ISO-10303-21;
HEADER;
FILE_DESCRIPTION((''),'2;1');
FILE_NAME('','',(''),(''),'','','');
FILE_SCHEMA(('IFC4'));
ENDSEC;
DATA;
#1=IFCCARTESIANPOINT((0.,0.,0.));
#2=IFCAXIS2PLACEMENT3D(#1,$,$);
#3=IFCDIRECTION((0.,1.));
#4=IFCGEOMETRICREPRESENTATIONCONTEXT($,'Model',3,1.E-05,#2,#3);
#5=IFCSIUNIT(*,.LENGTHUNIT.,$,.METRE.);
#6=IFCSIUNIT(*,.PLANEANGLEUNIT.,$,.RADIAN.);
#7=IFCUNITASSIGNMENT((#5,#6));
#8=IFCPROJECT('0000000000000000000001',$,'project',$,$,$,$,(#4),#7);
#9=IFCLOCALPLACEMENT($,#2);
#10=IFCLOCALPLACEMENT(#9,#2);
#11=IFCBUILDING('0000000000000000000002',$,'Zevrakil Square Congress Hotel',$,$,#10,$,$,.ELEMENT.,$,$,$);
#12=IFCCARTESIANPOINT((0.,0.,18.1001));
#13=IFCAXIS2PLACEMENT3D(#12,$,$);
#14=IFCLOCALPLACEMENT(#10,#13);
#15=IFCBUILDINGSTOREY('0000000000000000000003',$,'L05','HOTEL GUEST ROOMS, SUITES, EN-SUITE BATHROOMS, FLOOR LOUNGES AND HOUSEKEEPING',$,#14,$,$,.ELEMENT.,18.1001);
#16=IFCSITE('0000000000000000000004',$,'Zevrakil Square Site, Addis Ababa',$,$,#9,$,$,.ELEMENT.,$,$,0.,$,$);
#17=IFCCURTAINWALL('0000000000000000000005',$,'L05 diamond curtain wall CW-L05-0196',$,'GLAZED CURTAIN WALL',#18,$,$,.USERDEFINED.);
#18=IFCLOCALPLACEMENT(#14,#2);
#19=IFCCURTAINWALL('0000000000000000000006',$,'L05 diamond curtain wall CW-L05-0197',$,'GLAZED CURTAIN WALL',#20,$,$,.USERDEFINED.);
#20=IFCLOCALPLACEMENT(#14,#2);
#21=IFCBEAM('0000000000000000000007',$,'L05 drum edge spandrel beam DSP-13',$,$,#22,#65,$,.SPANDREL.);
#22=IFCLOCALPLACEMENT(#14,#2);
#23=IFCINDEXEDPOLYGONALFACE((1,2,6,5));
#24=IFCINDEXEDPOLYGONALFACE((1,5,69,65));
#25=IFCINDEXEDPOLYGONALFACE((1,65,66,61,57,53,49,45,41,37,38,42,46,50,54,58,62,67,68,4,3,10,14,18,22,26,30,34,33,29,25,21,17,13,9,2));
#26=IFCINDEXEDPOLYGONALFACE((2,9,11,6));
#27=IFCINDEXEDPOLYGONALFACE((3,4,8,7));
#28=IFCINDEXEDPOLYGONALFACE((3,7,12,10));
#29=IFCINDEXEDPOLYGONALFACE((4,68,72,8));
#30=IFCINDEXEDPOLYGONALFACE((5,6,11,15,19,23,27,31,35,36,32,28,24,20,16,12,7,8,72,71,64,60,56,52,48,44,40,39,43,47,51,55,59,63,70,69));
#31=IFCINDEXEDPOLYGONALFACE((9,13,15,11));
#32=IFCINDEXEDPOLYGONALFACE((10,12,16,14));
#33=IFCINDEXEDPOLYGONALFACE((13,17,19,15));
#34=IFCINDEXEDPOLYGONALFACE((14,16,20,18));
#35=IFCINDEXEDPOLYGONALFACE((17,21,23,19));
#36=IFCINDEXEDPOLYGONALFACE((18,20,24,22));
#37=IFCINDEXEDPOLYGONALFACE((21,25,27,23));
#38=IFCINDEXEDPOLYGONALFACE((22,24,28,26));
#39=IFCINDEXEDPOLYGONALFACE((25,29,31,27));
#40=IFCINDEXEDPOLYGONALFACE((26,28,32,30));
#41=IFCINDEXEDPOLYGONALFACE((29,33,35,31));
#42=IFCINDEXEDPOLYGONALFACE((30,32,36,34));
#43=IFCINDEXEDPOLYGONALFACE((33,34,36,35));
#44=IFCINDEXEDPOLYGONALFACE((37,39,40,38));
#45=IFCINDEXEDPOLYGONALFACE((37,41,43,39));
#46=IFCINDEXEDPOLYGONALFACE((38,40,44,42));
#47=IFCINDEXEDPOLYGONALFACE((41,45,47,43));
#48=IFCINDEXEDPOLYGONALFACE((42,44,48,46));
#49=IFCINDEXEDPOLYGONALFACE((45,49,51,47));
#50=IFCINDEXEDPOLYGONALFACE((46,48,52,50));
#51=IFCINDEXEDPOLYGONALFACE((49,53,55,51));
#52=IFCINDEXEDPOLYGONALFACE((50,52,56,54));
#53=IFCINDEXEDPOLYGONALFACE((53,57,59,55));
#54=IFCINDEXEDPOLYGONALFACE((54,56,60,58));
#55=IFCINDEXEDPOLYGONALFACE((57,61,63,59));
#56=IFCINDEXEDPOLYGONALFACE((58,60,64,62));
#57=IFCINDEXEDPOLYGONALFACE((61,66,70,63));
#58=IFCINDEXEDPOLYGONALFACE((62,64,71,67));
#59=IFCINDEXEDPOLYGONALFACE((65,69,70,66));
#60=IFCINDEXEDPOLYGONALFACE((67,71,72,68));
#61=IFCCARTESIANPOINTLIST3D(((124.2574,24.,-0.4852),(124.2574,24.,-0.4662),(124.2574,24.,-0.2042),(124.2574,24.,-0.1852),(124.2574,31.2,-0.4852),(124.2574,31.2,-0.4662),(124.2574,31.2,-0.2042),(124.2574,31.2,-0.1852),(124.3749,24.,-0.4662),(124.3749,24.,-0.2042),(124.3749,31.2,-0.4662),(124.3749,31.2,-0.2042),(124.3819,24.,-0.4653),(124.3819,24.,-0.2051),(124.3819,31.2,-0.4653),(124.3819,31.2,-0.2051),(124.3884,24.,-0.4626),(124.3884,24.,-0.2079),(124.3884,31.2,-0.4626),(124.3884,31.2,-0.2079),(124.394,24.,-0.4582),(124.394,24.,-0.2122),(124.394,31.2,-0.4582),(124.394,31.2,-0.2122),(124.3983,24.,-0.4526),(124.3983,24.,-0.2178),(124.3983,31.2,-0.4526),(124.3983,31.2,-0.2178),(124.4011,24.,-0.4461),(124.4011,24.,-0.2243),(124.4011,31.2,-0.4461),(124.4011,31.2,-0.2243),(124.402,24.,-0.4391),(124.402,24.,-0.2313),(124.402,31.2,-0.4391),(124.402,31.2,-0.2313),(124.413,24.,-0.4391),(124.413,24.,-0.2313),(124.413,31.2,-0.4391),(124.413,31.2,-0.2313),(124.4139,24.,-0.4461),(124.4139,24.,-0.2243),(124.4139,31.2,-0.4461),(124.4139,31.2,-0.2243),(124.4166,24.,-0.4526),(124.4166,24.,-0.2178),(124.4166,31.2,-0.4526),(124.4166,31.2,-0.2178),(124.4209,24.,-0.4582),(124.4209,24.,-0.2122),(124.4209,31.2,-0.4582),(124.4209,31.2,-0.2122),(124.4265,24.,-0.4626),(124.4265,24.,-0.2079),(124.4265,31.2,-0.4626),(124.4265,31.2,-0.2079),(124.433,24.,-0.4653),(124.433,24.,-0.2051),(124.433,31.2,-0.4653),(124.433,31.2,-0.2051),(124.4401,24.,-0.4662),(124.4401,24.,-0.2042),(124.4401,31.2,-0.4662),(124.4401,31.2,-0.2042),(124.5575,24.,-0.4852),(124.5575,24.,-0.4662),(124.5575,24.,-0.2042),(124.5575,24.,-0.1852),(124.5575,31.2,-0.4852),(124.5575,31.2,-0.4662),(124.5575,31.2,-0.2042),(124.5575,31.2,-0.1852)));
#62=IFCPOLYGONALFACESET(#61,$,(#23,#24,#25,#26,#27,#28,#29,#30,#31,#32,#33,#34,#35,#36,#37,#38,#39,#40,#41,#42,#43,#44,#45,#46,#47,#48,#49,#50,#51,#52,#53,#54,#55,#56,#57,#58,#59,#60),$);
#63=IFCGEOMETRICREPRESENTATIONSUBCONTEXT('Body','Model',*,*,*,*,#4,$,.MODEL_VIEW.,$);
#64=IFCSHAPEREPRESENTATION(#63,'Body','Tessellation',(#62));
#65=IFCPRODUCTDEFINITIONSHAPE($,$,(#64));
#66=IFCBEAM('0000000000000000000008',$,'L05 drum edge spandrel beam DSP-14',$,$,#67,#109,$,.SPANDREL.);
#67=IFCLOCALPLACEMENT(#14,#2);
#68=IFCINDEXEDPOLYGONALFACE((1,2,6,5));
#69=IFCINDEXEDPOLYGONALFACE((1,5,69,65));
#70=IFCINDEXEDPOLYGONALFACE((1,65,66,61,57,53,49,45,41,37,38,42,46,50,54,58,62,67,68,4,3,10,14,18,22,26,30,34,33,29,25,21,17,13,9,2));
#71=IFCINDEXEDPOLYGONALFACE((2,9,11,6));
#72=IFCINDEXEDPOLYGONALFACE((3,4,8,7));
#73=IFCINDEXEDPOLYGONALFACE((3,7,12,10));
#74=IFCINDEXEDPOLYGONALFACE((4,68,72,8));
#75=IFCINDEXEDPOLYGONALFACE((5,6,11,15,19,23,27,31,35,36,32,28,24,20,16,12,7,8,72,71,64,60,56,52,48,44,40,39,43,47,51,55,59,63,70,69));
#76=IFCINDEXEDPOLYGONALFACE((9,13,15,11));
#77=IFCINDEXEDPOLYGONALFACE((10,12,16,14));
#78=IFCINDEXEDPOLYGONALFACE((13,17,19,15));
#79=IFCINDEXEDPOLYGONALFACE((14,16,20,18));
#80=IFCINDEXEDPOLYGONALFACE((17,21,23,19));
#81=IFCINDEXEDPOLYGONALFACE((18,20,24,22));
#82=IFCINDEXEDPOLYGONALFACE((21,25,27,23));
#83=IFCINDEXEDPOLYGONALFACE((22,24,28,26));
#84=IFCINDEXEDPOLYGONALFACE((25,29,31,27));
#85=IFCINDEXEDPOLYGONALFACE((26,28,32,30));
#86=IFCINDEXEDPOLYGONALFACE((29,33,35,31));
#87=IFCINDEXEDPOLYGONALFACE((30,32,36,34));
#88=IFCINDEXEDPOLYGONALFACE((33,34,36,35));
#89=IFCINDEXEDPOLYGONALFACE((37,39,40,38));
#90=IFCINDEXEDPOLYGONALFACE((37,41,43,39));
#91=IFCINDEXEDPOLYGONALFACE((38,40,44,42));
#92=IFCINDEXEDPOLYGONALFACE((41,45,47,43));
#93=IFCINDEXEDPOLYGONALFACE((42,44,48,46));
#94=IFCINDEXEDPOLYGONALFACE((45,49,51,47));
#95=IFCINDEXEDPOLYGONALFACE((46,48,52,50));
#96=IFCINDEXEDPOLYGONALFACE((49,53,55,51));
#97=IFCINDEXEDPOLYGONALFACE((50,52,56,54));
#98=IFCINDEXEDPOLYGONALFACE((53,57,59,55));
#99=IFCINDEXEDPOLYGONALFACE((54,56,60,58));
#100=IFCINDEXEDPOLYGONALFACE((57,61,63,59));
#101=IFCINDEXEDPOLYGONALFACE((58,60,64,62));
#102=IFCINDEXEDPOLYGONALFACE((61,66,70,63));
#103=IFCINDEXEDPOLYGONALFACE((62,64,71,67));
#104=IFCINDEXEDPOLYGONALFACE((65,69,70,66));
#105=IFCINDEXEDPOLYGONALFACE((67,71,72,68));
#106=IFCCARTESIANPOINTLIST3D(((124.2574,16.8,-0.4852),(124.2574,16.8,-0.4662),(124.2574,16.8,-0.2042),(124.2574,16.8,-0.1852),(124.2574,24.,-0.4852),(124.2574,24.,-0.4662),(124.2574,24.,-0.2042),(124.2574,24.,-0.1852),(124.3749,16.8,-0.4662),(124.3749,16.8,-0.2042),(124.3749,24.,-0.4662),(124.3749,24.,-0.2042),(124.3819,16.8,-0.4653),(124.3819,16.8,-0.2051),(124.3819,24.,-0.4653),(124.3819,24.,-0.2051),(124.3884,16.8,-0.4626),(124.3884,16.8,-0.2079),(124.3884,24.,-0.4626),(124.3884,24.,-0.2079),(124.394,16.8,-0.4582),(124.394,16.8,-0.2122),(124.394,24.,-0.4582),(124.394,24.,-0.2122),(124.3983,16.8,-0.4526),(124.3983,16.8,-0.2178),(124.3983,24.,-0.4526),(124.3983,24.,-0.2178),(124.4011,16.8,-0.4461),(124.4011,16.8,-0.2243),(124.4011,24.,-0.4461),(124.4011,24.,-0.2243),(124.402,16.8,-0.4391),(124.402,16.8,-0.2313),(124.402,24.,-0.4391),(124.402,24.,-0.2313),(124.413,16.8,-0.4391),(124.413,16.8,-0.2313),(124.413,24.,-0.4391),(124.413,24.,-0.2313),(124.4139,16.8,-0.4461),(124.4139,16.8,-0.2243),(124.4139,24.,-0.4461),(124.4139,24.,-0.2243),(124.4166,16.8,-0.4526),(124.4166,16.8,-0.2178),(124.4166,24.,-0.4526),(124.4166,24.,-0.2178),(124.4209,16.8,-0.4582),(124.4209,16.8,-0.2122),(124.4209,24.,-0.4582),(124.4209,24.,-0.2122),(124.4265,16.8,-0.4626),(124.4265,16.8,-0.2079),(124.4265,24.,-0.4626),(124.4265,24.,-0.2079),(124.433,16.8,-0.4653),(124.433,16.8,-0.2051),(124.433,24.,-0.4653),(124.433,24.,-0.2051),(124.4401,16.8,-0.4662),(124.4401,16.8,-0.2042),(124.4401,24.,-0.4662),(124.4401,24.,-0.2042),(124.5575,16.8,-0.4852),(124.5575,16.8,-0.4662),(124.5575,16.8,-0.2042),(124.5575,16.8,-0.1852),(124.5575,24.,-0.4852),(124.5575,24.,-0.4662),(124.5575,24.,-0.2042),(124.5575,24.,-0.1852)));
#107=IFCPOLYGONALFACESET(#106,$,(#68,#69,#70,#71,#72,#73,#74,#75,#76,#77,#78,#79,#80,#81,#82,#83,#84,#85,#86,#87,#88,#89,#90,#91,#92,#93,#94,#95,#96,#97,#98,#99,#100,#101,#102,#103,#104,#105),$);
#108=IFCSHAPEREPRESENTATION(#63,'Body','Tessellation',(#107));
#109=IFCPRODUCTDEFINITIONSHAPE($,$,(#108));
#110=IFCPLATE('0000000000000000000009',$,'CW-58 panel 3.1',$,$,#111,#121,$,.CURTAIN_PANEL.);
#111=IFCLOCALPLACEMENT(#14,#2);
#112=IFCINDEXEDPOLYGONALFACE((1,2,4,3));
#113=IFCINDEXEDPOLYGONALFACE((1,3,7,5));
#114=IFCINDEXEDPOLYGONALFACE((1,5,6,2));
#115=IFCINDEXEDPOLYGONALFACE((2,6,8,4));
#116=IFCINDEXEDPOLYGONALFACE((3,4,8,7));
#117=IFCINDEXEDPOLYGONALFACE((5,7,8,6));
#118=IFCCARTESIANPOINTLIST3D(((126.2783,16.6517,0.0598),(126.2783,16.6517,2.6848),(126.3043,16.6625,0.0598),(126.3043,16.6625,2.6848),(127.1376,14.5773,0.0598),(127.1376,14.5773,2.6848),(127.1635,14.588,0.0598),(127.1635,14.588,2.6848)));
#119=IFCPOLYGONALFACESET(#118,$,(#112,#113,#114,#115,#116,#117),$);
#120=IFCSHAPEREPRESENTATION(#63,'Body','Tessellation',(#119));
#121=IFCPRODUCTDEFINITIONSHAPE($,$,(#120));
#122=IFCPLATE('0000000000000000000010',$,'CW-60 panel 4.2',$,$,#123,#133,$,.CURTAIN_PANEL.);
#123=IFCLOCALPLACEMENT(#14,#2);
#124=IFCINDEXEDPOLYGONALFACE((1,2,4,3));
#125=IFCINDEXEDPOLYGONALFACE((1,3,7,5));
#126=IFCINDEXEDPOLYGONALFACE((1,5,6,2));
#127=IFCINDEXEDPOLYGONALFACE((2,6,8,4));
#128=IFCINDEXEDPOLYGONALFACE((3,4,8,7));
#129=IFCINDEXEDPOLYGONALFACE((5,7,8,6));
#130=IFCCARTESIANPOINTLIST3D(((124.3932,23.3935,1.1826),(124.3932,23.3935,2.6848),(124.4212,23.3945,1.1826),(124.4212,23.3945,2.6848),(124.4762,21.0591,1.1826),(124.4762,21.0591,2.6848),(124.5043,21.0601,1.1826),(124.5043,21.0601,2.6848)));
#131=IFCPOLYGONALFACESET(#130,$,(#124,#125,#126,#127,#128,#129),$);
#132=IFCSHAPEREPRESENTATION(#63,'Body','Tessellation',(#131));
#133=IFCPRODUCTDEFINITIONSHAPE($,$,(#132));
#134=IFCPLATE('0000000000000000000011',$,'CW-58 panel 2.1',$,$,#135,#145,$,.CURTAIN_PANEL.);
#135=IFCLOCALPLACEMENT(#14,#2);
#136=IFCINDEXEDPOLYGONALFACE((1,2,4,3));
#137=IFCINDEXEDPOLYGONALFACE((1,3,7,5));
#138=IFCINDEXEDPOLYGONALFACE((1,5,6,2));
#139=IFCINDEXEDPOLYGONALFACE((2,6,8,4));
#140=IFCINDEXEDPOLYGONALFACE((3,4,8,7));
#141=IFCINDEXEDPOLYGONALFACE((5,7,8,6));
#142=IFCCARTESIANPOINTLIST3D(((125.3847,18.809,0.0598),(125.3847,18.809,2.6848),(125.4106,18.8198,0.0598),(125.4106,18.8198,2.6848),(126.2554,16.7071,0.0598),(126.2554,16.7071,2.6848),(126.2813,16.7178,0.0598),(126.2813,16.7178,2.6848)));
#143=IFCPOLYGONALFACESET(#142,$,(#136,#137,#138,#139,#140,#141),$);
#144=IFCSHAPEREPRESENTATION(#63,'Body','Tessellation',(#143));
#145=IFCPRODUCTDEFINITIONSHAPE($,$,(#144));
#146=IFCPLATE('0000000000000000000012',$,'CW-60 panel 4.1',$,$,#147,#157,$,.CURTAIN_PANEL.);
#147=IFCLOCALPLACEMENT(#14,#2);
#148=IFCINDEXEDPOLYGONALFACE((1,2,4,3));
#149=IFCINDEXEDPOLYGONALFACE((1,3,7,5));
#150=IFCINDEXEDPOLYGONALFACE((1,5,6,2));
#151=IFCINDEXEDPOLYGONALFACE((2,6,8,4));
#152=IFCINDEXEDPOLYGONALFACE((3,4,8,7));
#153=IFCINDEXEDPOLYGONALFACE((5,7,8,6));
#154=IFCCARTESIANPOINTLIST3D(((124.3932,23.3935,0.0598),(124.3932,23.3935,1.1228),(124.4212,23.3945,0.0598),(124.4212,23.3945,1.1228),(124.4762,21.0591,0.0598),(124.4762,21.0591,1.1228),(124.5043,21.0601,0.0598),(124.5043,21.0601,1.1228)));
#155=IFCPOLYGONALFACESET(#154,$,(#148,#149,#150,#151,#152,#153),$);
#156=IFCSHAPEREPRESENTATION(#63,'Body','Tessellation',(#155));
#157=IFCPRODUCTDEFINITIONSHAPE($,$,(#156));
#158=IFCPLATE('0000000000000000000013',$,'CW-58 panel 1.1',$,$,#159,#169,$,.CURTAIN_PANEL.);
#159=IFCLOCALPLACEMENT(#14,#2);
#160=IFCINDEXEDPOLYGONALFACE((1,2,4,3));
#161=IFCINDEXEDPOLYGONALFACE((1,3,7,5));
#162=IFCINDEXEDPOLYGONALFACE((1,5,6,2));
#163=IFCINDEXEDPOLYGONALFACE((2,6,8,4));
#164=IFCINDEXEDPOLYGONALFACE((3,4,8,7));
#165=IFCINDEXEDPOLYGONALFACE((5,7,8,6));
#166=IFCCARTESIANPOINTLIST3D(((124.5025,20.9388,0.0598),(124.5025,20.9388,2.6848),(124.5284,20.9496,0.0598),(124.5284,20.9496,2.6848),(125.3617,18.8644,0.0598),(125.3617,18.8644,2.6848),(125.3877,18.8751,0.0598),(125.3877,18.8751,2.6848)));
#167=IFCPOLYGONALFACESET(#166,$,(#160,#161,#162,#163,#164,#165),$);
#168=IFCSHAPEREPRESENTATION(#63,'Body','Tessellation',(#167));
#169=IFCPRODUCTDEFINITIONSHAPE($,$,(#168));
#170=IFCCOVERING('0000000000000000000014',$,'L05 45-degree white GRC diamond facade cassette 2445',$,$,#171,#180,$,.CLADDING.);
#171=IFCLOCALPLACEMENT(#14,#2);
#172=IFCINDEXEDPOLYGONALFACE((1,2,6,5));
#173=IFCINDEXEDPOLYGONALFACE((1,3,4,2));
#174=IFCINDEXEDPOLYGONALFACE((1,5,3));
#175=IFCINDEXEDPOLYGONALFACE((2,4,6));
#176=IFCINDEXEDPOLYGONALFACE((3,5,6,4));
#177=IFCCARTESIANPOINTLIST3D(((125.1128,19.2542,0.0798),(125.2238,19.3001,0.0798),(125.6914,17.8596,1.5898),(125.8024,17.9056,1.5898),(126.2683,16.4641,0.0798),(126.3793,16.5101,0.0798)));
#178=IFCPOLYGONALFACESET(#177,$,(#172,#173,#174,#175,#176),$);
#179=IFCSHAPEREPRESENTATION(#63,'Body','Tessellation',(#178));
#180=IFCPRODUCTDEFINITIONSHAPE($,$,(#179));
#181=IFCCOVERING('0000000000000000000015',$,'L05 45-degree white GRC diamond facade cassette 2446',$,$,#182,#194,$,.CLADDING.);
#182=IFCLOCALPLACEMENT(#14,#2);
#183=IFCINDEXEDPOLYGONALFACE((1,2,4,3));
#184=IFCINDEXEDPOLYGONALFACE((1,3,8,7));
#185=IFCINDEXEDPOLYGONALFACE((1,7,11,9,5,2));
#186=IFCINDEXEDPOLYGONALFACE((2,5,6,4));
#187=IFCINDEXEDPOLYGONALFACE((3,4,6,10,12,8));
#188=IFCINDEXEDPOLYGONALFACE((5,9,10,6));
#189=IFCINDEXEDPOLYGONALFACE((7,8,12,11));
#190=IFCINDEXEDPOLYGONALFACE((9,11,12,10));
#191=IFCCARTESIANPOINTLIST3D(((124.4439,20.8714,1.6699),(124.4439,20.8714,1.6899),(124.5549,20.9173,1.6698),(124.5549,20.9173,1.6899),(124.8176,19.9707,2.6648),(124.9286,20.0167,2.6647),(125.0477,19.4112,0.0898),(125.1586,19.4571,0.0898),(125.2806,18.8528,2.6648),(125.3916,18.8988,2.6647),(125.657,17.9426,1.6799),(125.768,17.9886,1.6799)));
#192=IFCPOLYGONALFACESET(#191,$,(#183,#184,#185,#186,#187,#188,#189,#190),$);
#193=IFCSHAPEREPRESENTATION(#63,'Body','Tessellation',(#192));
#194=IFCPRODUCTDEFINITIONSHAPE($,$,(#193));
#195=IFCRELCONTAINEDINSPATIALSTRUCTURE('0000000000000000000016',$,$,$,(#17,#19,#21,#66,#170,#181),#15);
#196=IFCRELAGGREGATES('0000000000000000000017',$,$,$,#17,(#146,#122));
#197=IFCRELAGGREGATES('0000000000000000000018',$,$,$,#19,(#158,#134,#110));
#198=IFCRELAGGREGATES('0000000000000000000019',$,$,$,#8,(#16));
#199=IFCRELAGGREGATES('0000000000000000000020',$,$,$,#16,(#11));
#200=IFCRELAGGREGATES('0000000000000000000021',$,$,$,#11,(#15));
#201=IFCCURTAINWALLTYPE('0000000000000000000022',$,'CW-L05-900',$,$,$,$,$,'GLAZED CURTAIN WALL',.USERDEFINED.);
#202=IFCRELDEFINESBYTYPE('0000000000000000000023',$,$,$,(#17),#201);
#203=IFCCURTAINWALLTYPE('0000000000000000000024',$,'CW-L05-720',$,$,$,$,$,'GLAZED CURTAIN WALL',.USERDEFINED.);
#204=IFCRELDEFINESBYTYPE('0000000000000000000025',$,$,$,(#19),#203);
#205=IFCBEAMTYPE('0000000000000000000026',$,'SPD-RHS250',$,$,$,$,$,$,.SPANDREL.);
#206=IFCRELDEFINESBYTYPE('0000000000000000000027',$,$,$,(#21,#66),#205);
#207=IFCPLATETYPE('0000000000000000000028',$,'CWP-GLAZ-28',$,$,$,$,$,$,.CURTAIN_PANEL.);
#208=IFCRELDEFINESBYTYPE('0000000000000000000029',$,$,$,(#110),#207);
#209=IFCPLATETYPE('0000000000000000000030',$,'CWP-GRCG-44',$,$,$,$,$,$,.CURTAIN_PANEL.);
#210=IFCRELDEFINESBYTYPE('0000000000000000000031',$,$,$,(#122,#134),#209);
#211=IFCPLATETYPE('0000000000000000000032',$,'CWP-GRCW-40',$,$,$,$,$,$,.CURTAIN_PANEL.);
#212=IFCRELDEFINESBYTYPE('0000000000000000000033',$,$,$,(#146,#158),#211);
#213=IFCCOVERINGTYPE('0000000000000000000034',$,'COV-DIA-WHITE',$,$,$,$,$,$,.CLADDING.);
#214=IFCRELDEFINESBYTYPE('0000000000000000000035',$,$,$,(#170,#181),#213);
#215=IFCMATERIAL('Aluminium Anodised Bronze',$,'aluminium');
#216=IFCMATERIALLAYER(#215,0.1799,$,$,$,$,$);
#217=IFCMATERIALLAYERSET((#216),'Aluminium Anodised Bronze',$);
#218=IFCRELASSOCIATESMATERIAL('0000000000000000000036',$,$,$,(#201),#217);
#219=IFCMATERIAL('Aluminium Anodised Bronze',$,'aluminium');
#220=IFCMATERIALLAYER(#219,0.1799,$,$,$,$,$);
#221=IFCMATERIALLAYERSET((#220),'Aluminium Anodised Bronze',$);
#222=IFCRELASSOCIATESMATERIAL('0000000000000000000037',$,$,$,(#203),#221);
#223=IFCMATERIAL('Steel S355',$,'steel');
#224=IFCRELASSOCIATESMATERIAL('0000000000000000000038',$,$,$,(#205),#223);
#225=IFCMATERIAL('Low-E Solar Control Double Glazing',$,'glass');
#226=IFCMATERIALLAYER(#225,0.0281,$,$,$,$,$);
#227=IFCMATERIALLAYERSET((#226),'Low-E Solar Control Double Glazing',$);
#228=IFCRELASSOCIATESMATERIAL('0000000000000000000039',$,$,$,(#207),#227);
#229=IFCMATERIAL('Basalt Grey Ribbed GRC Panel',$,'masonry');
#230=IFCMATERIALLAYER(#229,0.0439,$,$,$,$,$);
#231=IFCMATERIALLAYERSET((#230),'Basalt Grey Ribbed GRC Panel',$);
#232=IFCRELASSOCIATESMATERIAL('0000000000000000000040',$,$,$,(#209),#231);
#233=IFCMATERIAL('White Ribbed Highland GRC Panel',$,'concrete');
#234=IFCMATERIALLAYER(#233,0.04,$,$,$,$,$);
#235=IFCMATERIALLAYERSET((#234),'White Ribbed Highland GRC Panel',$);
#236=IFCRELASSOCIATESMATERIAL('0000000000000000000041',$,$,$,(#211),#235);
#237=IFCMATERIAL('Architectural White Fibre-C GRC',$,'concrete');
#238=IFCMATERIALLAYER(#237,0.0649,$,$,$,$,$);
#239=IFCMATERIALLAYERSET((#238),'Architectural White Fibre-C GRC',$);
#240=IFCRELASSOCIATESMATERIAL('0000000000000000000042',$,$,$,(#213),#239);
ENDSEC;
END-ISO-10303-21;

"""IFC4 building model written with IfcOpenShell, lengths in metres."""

from ifc_helpers import new_model, si_unit, direction, frame, origin, origin_2d, place, context, subcontext, project, spatial, polyline, rectangle, i_section, outline, extrude, material, layer, layer_set, material_profile, profile_set, type_object, element, aggregate, save


model = new_model("IFC4")

# Units and contexts
model_context = context("Model", 3, precision=1e-05, world=origin(), true_north=direction((0.0, 1.0)))
body_context = subcontext(model_context, "Body", "Model", "MODEL_VIEW")
ifc_project = project(units=[si_unit("LENGTHUNIT", "METRE"), si_unit("PLANEANGLEUNIT", "RADIAN")], contexts=[model_context])

# Site, building, storey
site_placement = place(None, origin())
site = spatial("IfcSite", under=ifc_project, at=site_placement, Name="Zevrakil Square Site, Addis Ababa", CompositionType="ELEMENT", RefElevation=0.0)
building_placement = place(site_placement, origin())
building = spatial("IfcBuilding", under=site, at=building_placement, Name="Zevrakil Square Congress Hotel", CompositionType="ELEMENT")
storey_placement = place(building_placement, frame((0.0, 0.0, 18.1001)))
storey = spatial("IfcBuildingStorey", under=building, at=storey_placement, Name="L05", Description="HOTEL GUEST ROOMS, SUITES, EN-SUITE BATHROOMS, FLOOR LOUNGES AND HOUSEKEEPING", CompositionType="ELEMENT", Elevation=18.1001)

# Curtain walls
ifc_material_1 = material(Name="Aluminium Anodised Bronze", Category="aluminium")
ifc_layer_1 = layer(ifc_material_1, 0.1799)
ifc_layer_set_1 = layer_set([ifc_layer_1], Name="Aluminium Anodised Bronze")
curtain_wall_type_1 = type_object("IfcCurtainWallType", Name="CW-L05-900", ElementType="GLAZED CURTAIN WALL", PredefinedType="USERDEFINED", material=ifc_layer_set_1)
curtain_wall_1_placement = place(storey_placement, origin())
curtain_wall_1 = element("IfcCurtainWall", 1, at=curtain_wall_1_placement, inside=storey, type_object=curtain_wall_type_1, Name="L05 diamond curtain wall CW-L05-0196", ObjectType="GLAZED CURTAIN WALL", PredefinedType="USERDEFINED")
ifc_material_2 = material(Name="Aluminium Anodised Bronze", Category="aluminium")
ifc_layer_2 = layer(ifc_material_2, 0.1799)
ifc_layer_set_2 = layer_set([ifc_layer_2], Name="Aluminium Anodised Bronze")
curtain_wall_type_2 = type_object("IfcCurtainWallType", Name="CW-L05-720", ElementType="GLAZED CURTAIN WALL", PredefinedType="USERDEFINED", material=ifc_layer_set_2)
curtain_wall_2_placement = place(storey_placement, origin())
curtain_wall_2 = element("IfcCurtainWall", 2, at=curtain_wall_2_placement, inside=storey, type_object=curtain_wall_type_2, Name="L05 diamond curtain wall CW-L05-0197", ObjectType="GLAZED CURTAIN WALL", PredefinedType="USERDEFINED")

# Beams
ifc_material_3 = material(Name="Steel S355", Category="steel")
ifc_material_profile_1 = material_profile(ifc_material_3, i_section(OverallWidth=0.3, OverallDepth=0.3, WebThickness=0.011, FlangeThickness=0.019, FilletRadius=0.0271, at=origin_2d()), Name="HEB 300")
ifc_profile_set_1 = profile_set([ifc_material_profile_1], Name="Steel S355")
beam_type_1 = type_object("IfcBeamType", Name="SPD-RHS250", PredefinedType="SPANDREL", material=ifc_profile_set_1)
for number, where, z_axis, x_axis, name in (
    (3, (124.4075, 31.2, -0.3352), (0.0, -1.0, 0.0), (1.0, 0.0, 0.0), "L05 drum edge spandrel beam DSP-13"),
    (4, (124.4075, 24.0, -0.3352), (0.0, -1.0, 0.0), (1.0, 0.0, 0.0), "L05 drum edge spandrel beam DSP-14"),
):
    element("IfcBeam", number, at=place(storey_placement, frame(where, z_axis=z_axis, x_axis=x_axis)), inside=storey, type_object=beam_type_1, Name=name, PredefinedType="SPANDREL", context=body_context, shape_type="SweptSolid", body=[
        extrude(i_section(OverallWidth=0.3, OverallDepth=0.3, WebThickness=0.011, FlangeThickness=0.019, FilletRadius=0.0271, at=origin_2d()), origin(), (0.0, 0.0, 1.0), 7.2),
    ])

# Plates
ifc_material_4 = material(Name="Low-E Solar Control Double Glazing", Category="glass")
ifc_layer_3 = layer(ifc_material_4, 0.0281)
ifc_layer_set_3 = layer_set([ifc_layer_3], Name="Low-E Solar Control Double Glazing")
plate_type_1 = type_object("IfcPlateType", Name="CWP-GLAZ-28", PredefinedType="CURTAIN_PANEL", material=ifc_layer_set_3)
plate_1_placement = place(storey_placement, frame((126.7209, 15.6199, 0.0598), z_axis=(0.0, 0.0, 1.0), x_axis=(0.382684, -0.923879, 0.0)))
plate_1 = element("IfcPlate", 5, at=plate_1_placement, type_object=plate_type_1, Name="CW-58 panel 3.1", PredefinedType="CURTAIN_PANEL", context=body_context, shape_type="SweptSolid", body=[
    extrude(rectangle(XDim=2.2454, YDim=0.0281, at=origin_2d()), origin(), (0.0, 0.0, 1.0), 2.625),
])
ifc_material_5 = material(Name="Basalt Grey Ribbed GRC Panel", Category="masonry")
ifc_layer_4 = layer(ifc_material_5, 0.0439)
ifc_layer_set_4 = layer_set([ifc_layer_4], Name="Basalt Grey Ribbed GRC Panel")
plate_type_2 = type_object("IfcPlateType", Name="CWP-GRCG-44", PredefinedType="CURTAIN_PANEL", material=ifc_layer_set_4)
plate_2_placement = place(storey_placement, frame((124.4487, 22.2268, 1.1826), z_axis=(0.0, 0.0, 1.0), x_axis=(0.035553, -0.999368, 0.0)))
plate_2 = element("IfcPlate", 6, at=plate_2_placement, type_object=plate_type_2, Name="CW-60 panel 4.2", PredefinedType="CURTAIN_PANEL", context=body_context, shape_type="SweptSolid", body=[
    extrude(rectangle(XDim=2.3359, YDim=0.0281, at=origin_2d()), origin(), (0.0, 0.0, 1.0), 1.5022),
])
plate_3_placement = place(storey_placement, frame((125.833, 17.7634, 0.0598), z_axis=(0.0, 0.0, 1.0), x_axis=(0.382684, -0.923879, 0.0)))
plate_3 = element("IfcPlate", 7, at=plate_3_placement, type_object=plate_type_2, Name="CW-58 panel 2.1", PredefinedType="CURTAIN_PANEL", context=body_context, shape_type="SweptSolid", body=[
    extrude(rectangle(XDim=2.2751, YDim=0.0281, at=origin_2d()), origin(), (0.0, 0.0, 1.0), 2.625),
])
ifc_material_6 = material(Name="White Ribbed Highland GRC Panel", Category="concrete")
ifc_layer_5 = layer(ifc_material_6, 0.04)
ifc_layer_set_5 = layer_set([ifc_layer_5], Name="White Ribbed Highland GRC Panel")
plate_type_3 = type_object("IfcPlateType", Name="CWP-GRCW-40", PredefinedType="CURTAIN_PANEL", material=ifc_layer_set_5)
plate_4_placement = place(storey_placement, frame((124.4487, 22.2268, 0.0598), z_axis=(0.0, 0.0, 1.0), x_axis=(0.035553, -0.999368, 0.0)))
plate_4 = element("IfcPlate", 8, at=plate_4_placement, type_object=plate_type_3, Name="CW-60 panel 4.1", PredefinedType="CURTAIN_PANEL", context=body_context, shape_type="SweptSolid", body=[
    extrude(rectangle(XDim=2.3359, YDim=0.0281, at=origin_2d()), origin(), (0.0, 0.0, 1.0), 1.063),
])
aggregate(curtain_wall_1, [plate_4, plate_2])
plate_5_placement = place(storey_placement, frame((124.9451, 19.907, 0.0598), z_axis=(0.0, 0.0, 1.0), x_axis=(0.382684, -0.923879, 0.0)))
plate_5 = element("IfcPlate", 9, at=plate_5_placement, type_object=plate_type_3, Name="CW-58 panel 1.1", PredefinedType="CURTAIN_PANEL", context=body_context, shape_type="SweptSolid", body=[
    extrude(rectangle(XDim=2.2454, YDim=0.0281, at=origin_2d()), origin(), (0.0, 0.0, 1.0), 2.625),
])
aggregate(curtain_wall_2, [plate_5, plate_3, plate_1])

# Coverings
ifc_material_7 = material(Name="Architectural White Fibre-C GRC", Category="concrete")
ifc_layer_6 = layer(ifc_material_7, 0.0649)
ifc_layer_set_6 = layer_set([ifc_layer_6], Name="Architectural White Fibre-C GRC")
covering_type_1 = type_object("IfcCoveringType", Name="COV-DIA-WHITE", PredefinedType="CLADDING", material=ifc_layer_set_6)
covering_1_placement = place(storey_placement, frame((125.6914, 17.8596, 1.5898), z_axis=(-0.923897, -0.38264, 0.000647), x_axis=(0.270149, -0.653478, -0.707097)))
element("IfcCovering", 10, at=covering_1_placement, inside=storey, type_object=covering_type_1, Name="L05 45-degree white GRC diamond facade cassette 2445", PredefinedType="CLADDING", context=body_context, shape_type="SweptSolid", body=[
    extrude(outline(polyline([(0.0, 0.0), (2.1355, 0.0), (0.0001, -2.1353), (0.0, 0.0)])), origin(), (0.0, 0.0, -1.0), 0.1201),
])
covering_2_placement = place(storey_placement, frame((125.657, 17.9426, 1.6799), z_axis=(-0.923883, -0.382673, 0.000611), x_axis=(-0.270976, 0.653084, -0.707144)))
element("IfcCovering", 11, at=covering_2_placement, inside=storey, type_object=covering_type_1, Name="L05 45-degree white GRC diamond facade cassette 2446", PredefinedType="CLADDING", context=body_context, shape_type="SweptSolid", body=[
    extrude(outline(polyline([(0.0, 0.0), (2.2486, 0.0), (2.2485, -2.2346), (2.2343, -2.2487), (0.8555, -2.2485), (0.0, -1.3929), (0.0, 0.0)])), origin(), (0.0, 0.0, -1.0), 0.1201),
])

save(model, "model.ifc")
